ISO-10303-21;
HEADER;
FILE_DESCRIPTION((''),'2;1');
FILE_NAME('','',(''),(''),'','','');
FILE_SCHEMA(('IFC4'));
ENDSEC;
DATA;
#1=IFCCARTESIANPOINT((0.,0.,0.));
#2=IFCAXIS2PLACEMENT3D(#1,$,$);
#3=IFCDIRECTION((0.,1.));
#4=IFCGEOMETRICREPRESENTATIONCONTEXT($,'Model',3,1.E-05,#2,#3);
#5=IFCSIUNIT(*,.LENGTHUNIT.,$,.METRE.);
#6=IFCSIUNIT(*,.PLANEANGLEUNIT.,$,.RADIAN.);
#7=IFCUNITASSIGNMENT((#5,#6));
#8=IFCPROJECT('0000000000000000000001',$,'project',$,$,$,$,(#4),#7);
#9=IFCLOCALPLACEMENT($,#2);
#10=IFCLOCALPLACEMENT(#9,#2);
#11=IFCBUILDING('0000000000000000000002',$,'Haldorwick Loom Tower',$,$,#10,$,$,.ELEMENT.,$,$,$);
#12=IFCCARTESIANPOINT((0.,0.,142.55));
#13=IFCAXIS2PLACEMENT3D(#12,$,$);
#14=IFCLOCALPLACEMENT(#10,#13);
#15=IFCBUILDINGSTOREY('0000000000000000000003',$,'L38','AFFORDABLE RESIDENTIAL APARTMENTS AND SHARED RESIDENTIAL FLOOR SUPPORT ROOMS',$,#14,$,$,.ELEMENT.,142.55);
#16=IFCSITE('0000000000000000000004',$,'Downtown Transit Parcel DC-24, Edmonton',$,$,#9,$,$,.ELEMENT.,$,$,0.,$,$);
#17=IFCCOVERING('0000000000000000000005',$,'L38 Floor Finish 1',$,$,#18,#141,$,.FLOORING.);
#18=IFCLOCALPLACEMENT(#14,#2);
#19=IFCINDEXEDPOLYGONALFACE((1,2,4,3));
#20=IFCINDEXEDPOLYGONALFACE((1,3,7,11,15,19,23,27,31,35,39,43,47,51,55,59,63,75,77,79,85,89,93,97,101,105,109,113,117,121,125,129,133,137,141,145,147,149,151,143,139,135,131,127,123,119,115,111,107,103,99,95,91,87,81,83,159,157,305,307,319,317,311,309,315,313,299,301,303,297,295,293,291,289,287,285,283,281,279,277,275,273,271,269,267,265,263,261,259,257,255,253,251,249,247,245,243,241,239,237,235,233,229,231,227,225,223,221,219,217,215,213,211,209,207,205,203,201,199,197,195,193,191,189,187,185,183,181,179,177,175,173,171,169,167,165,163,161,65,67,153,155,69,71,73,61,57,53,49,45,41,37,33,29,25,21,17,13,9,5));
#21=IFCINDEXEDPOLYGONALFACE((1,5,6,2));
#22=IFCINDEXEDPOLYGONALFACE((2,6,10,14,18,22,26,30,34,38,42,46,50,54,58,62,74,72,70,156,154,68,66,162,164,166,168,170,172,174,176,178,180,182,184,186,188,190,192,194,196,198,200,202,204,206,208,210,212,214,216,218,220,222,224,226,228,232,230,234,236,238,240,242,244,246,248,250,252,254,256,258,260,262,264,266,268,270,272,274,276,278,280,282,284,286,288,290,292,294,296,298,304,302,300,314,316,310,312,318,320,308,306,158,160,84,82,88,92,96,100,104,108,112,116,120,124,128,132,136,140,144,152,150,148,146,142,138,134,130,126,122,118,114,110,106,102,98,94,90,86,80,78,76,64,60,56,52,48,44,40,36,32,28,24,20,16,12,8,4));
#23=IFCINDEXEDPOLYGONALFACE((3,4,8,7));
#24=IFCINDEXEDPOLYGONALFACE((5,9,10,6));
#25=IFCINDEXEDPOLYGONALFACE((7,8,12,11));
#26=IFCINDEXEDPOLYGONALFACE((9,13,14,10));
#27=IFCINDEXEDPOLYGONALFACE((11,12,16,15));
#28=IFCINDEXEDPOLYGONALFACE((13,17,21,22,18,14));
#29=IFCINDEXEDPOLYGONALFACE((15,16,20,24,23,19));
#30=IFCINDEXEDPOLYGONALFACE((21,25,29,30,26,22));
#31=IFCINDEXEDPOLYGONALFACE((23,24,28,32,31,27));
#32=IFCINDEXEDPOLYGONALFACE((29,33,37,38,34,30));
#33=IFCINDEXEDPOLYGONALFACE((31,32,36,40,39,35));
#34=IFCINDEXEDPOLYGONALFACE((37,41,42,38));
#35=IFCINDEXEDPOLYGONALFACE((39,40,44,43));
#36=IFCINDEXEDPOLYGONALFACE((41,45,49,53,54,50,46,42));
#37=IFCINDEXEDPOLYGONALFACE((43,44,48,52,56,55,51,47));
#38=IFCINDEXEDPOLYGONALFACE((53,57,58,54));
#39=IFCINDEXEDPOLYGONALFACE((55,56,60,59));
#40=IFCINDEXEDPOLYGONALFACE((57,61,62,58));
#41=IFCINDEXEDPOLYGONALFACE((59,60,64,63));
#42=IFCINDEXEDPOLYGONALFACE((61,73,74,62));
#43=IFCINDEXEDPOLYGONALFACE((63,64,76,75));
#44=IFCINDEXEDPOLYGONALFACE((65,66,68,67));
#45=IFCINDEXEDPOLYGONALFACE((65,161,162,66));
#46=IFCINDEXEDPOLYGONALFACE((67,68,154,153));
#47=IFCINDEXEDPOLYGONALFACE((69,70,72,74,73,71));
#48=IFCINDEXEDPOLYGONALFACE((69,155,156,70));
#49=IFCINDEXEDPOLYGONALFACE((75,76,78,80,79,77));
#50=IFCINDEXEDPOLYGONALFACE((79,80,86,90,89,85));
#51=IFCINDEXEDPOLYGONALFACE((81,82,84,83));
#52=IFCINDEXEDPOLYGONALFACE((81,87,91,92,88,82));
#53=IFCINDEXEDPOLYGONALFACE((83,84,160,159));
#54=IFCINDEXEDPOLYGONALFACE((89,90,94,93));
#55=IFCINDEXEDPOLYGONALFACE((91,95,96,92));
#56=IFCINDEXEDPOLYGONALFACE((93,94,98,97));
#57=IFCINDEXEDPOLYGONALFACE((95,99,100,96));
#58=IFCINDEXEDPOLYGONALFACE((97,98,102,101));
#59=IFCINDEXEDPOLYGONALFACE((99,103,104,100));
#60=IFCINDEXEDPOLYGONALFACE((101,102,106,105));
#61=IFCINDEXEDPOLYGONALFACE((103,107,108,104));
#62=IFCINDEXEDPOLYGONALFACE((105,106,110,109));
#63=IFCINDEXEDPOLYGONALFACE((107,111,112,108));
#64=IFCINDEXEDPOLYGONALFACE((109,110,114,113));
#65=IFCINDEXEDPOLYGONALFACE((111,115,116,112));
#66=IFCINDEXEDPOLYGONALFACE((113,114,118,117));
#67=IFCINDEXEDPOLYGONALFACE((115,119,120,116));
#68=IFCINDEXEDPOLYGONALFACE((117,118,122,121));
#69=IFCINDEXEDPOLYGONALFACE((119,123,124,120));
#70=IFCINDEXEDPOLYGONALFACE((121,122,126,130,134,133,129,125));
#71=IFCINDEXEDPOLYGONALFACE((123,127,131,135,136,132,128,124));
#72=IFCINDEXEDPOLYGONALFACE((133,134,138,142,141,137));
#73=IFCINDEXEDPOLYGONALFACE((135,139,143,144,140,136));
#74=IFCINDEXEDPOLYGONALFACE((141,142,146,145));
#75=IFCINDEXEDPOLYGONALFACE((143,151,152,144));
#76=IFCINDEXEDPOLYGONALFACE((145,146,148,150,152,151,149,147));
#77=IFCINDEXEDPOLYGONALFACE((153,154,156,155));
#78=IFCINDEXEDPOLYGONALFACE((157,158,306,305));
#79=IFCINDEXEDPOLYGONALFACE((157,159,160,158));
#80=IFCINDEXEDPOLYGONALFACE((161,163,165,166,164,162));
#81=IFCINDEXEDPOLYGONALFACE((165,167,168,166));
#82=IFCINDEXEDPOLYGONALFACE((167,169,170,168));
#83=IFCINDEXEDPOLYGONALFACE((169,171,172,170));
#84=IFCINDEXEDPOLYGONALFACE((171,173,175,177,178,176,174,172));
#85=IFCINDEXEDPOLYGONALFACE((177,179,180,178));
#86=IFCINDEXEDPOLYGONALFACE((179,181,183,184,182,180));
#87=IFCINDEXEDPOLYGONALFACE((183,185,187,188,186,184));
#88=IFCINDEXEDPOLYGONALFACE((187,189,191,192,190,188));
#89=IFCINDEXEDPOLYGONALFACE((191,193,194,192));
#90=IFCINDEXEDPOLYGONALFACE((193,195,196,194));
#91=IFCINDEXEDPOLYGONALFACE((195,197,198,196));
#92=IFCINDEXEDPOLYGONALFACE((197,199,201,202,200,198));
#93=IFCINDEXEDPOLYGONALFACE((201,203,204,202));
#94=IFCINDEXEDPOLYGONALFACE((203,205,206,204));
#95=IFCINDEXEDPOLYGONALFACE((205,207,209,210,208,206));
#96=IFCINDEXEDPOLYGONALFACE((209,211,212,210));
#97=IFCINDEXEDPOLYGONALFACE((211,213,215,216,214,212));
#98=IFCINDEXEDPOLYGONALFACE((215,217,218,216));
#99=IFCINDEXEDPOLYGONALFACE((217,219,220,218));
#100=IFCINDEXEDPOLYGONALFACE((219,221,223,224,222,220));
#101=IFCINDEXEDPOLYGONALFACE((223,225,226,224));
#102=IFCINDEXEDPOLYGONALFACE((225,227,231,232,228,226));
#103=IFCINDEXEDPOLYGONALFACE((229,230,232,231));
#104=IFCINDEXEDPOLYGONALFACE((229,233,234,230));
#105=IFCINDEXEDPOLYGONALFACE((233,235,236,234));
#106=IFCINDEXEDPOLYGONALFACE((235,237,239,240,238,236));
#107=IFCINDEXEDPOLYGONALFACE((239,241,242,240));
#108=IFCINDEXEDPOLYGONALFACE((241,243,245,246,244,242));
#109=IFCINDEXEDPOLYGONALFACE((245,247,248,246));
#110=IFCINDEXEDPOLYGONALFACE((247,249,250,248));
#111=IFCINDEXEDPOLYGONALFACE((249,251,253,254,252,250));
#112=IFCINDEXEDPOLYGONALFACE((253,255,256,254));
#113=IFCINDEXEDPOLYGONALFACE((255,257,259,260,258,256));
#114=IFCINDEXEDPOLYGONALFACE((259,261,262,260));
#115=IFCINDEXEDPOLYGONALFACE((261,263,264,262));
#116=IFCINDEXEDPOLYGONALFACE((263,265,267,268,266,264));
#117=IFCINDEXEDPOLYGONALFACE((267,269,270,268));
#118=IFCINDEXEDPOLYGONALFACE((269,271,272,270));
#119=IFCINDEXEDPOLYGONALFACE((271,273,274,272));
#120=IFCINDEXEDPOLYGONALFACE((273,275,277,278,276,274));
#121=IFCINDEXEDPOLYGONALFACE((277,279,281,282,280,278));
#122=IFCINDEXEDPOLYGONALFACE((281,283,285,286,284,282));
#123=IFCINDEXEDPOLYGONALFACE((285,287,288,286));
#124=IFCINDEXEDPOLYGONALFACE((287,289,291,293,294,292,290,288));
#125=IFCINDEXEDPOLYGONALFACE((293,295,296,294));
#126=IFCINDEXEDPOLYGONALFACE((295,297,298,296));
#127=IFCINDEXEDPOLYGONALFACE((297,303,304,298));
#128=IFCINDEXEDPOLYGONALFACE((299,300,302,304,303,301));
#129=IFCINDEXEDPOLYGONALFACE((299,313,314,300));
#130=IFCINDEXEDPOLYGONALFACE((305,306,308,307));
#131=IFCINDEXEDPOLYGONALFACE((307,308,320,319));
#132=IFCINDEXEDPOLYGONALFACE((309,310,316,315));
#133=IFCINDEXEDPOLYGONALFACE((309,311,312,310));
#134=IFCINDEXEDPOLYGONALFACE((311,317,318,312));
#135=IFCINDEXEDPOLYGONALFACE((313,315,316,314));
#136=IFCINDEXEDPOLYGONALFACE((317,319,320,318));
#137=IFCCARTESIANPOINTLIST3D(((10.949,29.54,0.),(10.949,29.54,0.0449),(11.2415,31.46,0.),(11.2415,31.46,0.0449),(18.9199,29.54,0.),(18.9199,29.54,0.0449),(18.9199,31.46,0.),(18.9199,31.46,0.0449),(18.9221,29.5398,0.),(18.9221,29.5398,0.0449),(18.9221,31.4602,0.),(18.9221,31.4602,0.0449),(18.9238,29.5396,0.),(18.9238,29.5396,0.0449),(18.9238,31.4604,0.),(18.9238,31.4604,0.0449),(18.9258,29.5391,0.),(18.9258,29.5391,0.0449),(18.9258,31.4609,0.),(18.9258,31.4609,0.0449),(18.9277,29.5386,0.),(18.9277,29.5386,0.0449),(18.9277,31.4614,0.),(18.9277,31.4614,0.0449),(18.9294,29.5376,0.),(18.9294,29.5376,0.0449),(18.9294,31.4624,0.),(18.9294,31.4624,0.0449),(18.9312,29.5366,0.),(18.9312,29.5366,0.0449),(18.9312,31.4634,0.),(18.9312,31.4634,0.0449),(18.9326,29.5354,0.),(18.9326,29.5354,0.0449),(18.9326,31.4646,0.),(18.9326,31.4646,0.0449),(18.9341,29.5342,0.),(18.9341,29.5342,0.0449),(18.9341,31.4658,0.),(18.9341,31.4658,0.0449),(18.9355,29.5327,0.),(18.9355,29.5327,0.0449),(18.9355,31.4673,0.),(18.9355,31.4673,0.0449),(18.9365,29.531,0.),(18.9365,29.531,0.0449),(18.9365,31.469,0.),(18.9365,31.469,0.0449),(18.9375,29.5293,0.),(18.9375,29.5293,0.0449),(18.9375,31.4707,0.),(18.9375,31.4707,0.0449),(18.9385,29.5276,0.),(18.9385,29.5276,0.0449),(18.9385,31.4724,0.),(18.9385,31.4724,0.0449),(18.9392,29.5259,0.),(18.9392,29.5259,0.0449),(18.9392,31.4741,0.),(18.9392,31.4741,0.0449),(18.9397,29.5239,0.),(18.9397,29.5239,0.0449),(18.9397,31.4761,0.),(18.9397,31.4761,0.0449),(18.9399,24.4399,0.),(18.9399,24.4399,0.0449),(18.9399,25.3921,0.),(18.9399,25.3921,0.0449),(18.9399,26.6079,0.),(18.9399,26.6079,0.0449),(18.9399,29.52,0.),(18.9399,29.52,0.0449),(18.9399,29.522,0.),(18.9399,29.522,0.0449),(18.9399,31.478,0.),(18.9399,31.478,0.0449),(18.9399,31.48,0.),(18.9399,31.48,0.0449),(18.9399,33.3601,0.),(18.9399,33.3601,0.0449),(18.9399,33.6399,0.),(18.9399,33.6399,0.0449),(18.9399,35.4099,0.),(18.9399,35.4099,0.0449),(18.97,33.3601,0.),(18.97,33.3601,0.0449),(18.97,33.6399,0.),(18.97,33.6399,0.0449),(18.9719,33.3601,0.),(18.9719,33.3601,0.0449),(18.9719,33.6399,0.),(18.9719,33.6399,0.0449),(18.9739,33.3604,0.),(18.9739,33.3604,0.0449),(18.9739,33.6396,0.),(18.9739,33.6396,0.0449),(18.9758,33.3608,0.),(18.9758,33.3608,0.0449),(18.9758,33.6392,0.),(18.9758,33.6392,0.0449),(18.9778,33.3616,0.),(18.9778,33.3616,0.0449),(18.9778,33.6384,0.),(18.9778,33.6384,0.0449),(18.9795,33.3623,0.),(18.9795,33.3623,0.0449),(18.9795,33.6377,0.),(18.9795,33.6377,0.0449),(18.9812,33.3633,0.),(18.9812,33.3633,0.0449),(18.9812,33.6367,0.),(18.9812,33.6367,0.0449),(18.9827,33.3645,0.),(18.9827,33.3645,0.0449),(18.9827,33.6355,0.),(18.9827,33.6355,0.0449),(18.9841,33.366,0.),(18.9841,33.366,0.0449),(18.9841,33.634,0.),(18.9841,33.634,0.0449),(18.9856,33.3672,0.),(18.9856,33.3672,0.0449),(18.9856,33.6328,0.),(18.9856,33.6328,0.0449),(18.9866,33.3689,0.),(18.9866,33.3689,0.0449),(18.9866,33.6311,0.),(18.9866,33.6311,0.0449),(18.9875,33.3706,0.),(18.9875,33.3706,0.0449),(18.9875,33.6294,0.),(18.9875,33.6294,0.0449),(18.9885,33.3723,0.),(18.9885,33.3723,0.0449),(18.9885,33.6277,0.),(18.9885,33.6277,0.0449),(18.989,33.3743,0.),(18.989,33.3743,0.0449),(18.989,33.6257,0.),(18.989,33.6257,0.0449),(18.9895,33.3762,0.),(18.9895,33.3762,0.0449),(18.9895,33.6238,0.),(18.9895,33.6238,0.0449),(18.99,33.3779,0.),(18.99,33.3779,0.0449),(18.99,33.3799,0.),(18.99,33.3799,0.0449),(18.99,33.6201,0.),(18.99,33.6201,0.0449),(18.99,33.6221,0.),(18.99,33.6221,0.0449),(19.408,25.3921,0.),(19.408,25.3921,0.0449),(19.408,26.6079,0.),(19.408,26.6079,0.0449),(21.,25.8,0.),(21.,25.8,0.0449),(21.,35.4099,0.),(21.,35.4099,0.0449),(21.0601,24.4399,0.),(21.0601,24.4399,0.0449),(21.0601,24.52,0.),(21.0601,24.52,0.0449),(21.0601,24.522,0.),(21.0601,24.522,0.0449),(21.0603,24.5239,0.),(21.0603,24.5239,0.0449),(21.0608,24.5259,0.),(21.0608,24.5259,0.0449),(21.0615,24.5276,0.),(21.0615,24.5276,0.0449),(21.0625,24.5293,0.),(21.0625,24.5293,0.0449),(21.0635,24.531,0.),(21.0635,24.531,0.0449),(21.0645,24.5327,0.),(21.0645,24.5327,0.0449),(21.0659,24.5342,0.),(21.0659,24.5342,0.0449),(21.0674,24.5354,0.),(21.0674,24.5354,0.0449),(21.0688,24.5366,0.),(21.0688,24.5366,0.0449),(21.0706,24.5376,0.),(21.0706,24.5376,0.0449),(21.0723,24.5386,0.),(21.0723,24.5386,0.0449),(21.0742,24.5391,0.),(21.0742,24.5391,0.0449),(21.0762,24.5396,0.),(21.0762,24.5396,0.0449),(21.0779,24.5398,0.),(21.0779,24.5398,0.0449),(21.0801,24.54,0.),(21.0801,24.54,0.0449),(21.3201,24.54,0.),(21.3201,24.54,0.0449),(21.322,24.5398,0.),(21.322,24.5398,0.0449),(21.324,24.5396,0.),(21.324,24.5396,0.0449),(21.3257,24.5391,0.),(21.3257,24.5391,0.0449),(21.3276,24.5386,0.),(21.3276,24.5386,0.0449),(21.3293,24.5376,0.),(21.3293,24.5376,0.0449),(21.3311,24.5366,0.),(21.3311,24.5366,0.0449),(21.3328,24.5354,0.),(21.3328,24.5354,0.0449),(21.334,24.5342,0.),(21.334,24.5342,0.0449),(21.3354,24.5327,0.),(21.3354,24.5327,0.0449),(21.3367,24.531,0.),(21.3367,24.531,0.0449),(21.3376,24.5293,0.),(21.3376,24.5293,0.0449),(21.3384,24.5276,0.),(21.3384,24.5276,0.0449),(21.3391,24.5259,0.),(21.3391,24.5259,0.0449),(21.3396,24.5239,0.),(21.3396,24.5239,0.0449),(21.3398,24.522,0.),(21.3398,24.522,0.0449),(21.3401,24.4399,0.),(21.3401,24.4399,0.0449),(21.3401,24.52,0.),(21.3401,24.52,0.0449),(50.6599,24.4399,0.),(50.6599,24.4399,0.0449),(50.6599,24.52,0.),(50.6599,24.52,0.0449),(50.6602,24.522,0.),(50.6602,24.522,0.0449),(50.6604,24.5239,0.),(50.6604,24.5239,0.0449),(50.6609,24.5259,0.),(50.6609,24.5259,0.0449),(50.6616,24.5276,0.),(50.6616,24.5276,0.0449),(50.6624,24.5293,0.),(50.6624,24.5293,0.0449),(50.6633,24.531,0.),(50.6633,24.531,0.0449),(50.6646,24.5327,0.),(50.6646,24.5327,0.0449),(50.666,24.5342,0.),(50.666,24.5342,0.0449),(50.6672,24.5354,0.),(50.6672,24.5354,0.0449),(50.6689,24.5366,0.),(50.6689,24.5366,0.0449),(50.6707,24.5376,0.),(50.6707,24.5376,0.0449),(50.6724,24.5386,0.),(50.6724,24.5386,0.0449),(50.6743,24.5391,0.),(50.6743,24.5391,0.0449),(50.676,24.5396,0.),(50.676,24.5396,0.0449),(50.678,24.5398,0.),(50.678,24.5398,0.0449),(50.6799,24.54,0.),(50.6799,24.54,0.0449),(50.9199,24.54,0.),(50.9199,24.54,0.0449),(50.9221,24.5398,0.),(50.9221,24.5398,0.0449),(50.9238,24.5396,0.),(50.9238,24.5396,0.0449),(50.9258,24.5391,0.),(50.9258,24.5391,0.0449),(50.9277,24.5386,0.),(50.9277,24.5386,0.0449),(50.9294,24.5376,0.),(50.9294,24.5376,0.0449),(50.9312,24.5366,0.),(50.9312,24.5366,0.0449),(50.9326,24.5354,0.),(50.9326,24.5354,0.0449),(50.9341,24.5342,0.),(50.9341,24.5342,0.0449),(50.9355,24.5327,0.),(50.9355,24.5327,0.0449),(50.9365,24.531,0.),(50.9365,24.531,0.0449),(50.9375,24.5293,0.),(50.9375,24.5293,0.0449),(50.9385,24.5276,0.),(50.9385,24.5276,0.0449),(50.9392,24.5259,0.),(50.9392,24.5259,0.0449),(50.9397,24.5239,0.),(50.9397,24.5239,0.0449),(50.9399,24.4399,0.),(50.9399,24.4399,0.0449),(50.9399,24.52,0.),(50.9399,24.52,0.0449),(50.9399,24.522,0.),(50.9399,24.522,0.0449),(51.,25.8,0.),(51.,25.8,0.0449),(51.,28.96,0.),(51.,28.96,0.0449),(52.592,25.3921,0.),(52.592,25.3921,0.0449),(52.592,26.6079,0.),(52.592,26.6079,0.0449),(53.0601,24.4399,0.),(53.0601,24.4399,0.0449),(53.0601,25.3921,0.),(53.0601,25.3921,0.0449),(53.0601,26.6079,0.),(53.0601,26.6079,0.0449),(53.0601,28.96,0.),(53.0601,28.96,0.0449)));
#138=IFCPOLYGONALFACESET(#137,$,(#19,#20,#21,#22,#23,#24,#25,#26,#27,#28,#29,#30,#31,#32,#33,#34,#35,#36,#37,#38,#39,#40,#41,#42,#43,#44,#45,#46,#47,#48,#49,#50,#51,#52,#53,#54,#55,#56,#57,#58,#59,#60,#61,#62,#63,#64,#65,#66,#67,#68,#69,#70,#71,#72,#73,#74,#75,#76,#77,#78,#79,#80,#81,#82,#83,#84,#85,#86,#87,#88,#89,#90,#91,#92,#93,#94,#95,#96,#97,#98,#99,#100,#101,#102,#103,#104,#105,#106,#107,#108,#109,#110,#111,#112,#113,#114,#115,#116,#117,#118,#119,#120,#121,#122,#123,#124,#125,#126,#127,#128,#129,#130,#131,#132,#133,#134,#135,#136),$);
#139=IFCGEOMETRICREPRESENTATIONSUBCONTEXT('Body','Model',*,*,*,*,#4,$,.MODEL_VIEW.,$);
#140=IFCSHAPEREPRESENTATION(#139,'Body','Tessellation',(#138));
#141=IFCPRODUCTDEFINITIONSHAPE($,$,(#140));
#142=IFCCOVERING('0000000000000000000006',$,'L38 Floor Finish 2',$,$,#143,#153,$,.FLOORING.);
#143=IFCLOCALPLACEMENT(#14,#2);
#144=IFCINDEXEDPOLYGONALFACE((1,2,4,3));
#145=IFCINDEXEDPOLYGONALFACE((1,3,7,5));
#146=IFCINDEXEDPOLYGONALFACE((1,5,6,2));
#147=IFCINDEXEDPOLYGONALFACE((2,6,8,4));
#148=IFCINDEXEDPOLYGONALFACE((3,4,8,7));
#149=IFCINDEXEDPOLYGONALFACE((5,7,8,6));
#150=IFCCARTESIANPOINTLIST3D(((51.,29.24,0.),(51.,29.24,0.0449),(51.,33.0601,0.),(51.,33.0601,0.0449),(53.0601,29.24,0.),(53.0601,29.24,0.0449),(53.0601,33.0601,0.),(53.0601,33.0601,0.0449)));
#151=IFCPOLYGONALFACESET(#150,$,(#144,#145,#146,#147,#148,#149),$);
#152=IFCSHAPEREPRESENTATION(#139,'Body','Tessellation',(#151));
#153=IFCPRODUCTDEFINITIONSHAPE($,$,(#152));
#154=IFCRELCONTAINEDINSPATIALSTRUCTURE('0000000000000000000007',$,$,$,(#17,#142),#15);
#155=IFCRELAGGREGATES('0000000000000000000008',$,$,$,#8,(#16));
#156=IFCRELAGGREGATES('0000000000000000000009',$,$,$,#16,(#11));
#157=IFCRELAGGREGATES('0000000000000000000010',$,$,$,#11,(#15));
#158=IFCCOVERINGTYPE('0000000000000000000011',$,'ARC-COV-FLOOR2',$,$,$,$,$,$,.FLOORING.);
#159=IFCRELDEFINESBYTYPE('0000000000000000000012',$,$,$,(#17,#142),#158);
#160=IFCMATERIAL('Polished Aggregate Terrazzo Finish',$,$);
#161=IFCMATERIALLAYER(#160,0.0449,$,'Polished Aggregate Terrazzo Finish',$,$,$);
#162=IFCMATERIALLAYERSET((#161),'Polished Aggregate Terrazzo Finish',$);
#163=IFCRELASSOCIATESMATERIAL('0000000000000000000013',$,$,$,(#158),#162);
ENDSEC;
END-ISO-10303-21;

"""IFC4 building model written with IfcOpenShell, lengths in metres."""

from ifc_helpers import new_model, si_unit, direction, frame, origin, place, context, subcontext, project, spatial, polyline, outline, extrude, material, layer, layer_set, type_object, element, save


model = new_model("IFC4")

# Units and contexts
model_context = context("Model", 3, precision=1e-05, world=origin(), true_north=direction((0.0, 1.0)))
body_context = subcontext(model_context, "Body", "Model", "MODEL_VIEW")
ifc_project = project(units=[si_unit("LENGTHUNIT", "METRE"), si_unit("PLANEANGLEUNIT", "RADIAN")], contexts=[model_context])

# Site, building, storey
site_placement = place(None, origin())
site = spatial("IfcSite", under=ifc_project, at=site_placement, Name="Downtown Transit Parcel DC-24, Edmonton", CompositionType="ELEMENT", RefElevation=0.0)
building_placement = place(site_placement, origin())
building = spatial("IfcBuilding", under=site, at=building_placement, Name="Haldorwick Loom Tower", CompositionType="ELEMENT")
storey_placement = place(building_placement, frame((0.0, 0.0, 142.55)))
storey = spatial("IfcBuildingStorey", under=building, at=storey_placement, Name="L38", Description="AFFORDABLE RESIDENTIAL APARTMENTS AND SHARED RESIDENTIAL FLOOR SUPPORT ROOMS", CompositionType="ELEMENT", Elevation=142.55)

# Coverings
ifc_material_1 = material(Name="Polished Aggregate Terrazzo Finish")
ifc_layer_1 = layer(ifc_material_1, 0.0449, Name="Polished Aggregate Terrazzo Finish")
ifc_layer_set_1 = layer_set([ifc_layer_1], Name="Polished Aggregate Terrazzo Finish")
covering_type_1 = type_object("IfcCoveringType", Name="ARC-COV-FLOOR2", PredefinedType="FLOORING", material=ifc_layer_set_1)
covering_1_placement = place(storey_placement, origin())
element("IfcCovering", 1, at=covering_1_placement, inside=storey, type_object=covering_type_1, Name="L38 Floor Finish 1", PredefinedType="FLOORING", context=body_context, shape_type="SweptSolid", body=[
    extrude(outline(polyline([(10.949, 29.54), (18.9199, 29.54), (18.9221, 29.5398), (18.9238, 29.5396), (18.9258, 29.5391), (18.9277, 29.5386), (18.9294, 29.5376), (18.9312, 29.5366), (18.9326, 29.5354), (18.9341, 29.5342), (18.9355, 29.5327), (18.9365, 29.531), (18.9375, 29.5293), (18.9385, 29.5276), (18.9392, 29.5259), (18.9397, 29.5239), (18.9399, 29.522), (18.9399, 29.52), (18.9399, 26.6079), (19.408, 26.6079), (19.408, 25.3921), (18.9399, 25.3921), (18.9399, 24.4399), (21.0601, 24.4399), (21.0601, 24.52), (21.0601, 24.522), (21.0603, 24.5239), (21.0608, 24.5259), (21.0615, 24.5276), (21.0625, 24.5293), (21.0635, 24.531), (21.0645, 24.5327), (21.0659, 24.5342), (21.0674, 24.5354), (21.0688, 24.5366), (21.0706, 24.5376), (21.0723, 24.5386), (21.0742, 24.5391), (21.0762, 24.5396), (21.0779, 24.5398), (21.0801, 24.54), (21.3201, 24.54), (21.322, 24.5398), (21.324, 24.5396), (21.3257, 24.5391), (21.3276, 24.5386), (21.3293, 24.5376), (21.3311, 24.5366), (21.3328, 24.5354), (21.334, 24.5342), (21.3354, 24.5327), (21.3367, 24.531), (21.3376, 24.5293), (21.3384, 24.5276), (21.3391, 24.5259), (21.3396, 24.5239), (21.3398, 24.522), (21.3401, 24.52), (21.3401, 24.4399), (50.6599, 24.4399), (50.6599, 24.52), (50.6602, 24.522), (50.6604, 24.5239), (50.6609, 24.5259), (50.6616, 24.5276), (50.6624, 24.5293), (50.6633, 24.531), (50.6646, 24.5327), (50.666, 24.5342), (50.6672, 24.5354), (50.6689, 24.5366), (50.6707, 24.5376), (50.6724, 24.5386), (50.6743, 24.5391), (50.676, 24.5396), (50.678, 24.5398), (50.6799, 24.54), (50.9199, 24.54), (50.9221, 24.5398), (50.9238, 24.5396), (50.9258, 24.5391), (50.9277, 24.5386), (50.9294, 24.5376), (50.9312, 24.5366), (50.9326, 24.5354), (50.9341, 24.5342), (50.9355, 24.5327), (50.9365, 24.531), (50.9375, 24.5293), (50.9385, 24.5276), (50.9392, 24.5259), (50.9397, 24.5239), (50.9399, 24.522), (50.9399, 24.52), (50.9399, 24.4399), (53.0601, 24.4399), (53.0601, 25.3921), (52.592, 25.3921), (52.592, 26.6079), (53.0601, 26.6079), (53.0601, 28.96), (51.0, 28.96), (51.0, 25.8), (21.0, 25.8), (21.0, 35.4099), (18.9399, 35.4099), (18.9399, 33.6399), (18.97, 33.6399), (18.9719, 33.6399), (18.9739, 33.6396), (18.9758, 33.6392), (18.9778, 33.6384), (18.9795, 33.6377), (18.9812, 33.6367), (18.9827, 33.6355), (18.9841, 33.634), (18.9856, 33.6328), (18.9866, 33.6311), (18.9875, 33.6294), (18.9885, 33.6277), (18.989, 33.6257), (18.9895, 33.6238), (18.99, 33.6221), (18.99, 33.6201), (18.99, 33.3799), (18.99, 33.3779), (18.9895, 33.3762), (18.989, 33.3743), (18.9885, 33.3723), (18.9875, 33.3706), (18.9866, 33.3689), (18.9856, 33.3672), (18.9841, 33.366), (18.9827, 33.3645), (18.9812, 33.3633), (18.9795, 33.3623), (18.9778, 33.3616), (18.9758, 33.3608), (18.9739, 33.3604), (18.9719, 33.3601), (18.97, 33.3601), (18.9399, 33.3601), (18.9399, 31.48), (18.9399, 31.478), (18.9397, 31.4761), (18.9392, 31.4741), (18.9385, 31.4724), (18.9375, 31.4707), (18.9365, 31.469), (18.9355, 31.4673), (18.9341, 31.4658), (18.9326, 31.4646), (18.9312, 31.4634), (18.9294, 31.4624), (18.9277, 31.4614), (18.9258, 31.4609), (18.9238, 31.4604), (18.9221, 31.4602), (18.9199, 31.46), (11.2415, 31.46), (10.949, 29.54)])), origin(), (0.0, 0.0, 1.0), 0.0449),
])
covering_2_placement = place(storey_placement, origin())
element("IfcCovering", 2, at=covering_2_placement, inside=storey, type_object=covering_type_1, Name="L38 Floor Finish 2", PredefinedType="FLOORING", context=body_context, shape_type="SweptSolid", body=[
    extrude(outline(polyline([(51.0, 33.0601), (51.0, 29.24), (53.0601, 29.24), (53.0601, 33.0601), (51.0, 33.0601)])), origin(), (0.0, 0.0, 1.0), 0.0449),
])

save(model, "model.ifc")
